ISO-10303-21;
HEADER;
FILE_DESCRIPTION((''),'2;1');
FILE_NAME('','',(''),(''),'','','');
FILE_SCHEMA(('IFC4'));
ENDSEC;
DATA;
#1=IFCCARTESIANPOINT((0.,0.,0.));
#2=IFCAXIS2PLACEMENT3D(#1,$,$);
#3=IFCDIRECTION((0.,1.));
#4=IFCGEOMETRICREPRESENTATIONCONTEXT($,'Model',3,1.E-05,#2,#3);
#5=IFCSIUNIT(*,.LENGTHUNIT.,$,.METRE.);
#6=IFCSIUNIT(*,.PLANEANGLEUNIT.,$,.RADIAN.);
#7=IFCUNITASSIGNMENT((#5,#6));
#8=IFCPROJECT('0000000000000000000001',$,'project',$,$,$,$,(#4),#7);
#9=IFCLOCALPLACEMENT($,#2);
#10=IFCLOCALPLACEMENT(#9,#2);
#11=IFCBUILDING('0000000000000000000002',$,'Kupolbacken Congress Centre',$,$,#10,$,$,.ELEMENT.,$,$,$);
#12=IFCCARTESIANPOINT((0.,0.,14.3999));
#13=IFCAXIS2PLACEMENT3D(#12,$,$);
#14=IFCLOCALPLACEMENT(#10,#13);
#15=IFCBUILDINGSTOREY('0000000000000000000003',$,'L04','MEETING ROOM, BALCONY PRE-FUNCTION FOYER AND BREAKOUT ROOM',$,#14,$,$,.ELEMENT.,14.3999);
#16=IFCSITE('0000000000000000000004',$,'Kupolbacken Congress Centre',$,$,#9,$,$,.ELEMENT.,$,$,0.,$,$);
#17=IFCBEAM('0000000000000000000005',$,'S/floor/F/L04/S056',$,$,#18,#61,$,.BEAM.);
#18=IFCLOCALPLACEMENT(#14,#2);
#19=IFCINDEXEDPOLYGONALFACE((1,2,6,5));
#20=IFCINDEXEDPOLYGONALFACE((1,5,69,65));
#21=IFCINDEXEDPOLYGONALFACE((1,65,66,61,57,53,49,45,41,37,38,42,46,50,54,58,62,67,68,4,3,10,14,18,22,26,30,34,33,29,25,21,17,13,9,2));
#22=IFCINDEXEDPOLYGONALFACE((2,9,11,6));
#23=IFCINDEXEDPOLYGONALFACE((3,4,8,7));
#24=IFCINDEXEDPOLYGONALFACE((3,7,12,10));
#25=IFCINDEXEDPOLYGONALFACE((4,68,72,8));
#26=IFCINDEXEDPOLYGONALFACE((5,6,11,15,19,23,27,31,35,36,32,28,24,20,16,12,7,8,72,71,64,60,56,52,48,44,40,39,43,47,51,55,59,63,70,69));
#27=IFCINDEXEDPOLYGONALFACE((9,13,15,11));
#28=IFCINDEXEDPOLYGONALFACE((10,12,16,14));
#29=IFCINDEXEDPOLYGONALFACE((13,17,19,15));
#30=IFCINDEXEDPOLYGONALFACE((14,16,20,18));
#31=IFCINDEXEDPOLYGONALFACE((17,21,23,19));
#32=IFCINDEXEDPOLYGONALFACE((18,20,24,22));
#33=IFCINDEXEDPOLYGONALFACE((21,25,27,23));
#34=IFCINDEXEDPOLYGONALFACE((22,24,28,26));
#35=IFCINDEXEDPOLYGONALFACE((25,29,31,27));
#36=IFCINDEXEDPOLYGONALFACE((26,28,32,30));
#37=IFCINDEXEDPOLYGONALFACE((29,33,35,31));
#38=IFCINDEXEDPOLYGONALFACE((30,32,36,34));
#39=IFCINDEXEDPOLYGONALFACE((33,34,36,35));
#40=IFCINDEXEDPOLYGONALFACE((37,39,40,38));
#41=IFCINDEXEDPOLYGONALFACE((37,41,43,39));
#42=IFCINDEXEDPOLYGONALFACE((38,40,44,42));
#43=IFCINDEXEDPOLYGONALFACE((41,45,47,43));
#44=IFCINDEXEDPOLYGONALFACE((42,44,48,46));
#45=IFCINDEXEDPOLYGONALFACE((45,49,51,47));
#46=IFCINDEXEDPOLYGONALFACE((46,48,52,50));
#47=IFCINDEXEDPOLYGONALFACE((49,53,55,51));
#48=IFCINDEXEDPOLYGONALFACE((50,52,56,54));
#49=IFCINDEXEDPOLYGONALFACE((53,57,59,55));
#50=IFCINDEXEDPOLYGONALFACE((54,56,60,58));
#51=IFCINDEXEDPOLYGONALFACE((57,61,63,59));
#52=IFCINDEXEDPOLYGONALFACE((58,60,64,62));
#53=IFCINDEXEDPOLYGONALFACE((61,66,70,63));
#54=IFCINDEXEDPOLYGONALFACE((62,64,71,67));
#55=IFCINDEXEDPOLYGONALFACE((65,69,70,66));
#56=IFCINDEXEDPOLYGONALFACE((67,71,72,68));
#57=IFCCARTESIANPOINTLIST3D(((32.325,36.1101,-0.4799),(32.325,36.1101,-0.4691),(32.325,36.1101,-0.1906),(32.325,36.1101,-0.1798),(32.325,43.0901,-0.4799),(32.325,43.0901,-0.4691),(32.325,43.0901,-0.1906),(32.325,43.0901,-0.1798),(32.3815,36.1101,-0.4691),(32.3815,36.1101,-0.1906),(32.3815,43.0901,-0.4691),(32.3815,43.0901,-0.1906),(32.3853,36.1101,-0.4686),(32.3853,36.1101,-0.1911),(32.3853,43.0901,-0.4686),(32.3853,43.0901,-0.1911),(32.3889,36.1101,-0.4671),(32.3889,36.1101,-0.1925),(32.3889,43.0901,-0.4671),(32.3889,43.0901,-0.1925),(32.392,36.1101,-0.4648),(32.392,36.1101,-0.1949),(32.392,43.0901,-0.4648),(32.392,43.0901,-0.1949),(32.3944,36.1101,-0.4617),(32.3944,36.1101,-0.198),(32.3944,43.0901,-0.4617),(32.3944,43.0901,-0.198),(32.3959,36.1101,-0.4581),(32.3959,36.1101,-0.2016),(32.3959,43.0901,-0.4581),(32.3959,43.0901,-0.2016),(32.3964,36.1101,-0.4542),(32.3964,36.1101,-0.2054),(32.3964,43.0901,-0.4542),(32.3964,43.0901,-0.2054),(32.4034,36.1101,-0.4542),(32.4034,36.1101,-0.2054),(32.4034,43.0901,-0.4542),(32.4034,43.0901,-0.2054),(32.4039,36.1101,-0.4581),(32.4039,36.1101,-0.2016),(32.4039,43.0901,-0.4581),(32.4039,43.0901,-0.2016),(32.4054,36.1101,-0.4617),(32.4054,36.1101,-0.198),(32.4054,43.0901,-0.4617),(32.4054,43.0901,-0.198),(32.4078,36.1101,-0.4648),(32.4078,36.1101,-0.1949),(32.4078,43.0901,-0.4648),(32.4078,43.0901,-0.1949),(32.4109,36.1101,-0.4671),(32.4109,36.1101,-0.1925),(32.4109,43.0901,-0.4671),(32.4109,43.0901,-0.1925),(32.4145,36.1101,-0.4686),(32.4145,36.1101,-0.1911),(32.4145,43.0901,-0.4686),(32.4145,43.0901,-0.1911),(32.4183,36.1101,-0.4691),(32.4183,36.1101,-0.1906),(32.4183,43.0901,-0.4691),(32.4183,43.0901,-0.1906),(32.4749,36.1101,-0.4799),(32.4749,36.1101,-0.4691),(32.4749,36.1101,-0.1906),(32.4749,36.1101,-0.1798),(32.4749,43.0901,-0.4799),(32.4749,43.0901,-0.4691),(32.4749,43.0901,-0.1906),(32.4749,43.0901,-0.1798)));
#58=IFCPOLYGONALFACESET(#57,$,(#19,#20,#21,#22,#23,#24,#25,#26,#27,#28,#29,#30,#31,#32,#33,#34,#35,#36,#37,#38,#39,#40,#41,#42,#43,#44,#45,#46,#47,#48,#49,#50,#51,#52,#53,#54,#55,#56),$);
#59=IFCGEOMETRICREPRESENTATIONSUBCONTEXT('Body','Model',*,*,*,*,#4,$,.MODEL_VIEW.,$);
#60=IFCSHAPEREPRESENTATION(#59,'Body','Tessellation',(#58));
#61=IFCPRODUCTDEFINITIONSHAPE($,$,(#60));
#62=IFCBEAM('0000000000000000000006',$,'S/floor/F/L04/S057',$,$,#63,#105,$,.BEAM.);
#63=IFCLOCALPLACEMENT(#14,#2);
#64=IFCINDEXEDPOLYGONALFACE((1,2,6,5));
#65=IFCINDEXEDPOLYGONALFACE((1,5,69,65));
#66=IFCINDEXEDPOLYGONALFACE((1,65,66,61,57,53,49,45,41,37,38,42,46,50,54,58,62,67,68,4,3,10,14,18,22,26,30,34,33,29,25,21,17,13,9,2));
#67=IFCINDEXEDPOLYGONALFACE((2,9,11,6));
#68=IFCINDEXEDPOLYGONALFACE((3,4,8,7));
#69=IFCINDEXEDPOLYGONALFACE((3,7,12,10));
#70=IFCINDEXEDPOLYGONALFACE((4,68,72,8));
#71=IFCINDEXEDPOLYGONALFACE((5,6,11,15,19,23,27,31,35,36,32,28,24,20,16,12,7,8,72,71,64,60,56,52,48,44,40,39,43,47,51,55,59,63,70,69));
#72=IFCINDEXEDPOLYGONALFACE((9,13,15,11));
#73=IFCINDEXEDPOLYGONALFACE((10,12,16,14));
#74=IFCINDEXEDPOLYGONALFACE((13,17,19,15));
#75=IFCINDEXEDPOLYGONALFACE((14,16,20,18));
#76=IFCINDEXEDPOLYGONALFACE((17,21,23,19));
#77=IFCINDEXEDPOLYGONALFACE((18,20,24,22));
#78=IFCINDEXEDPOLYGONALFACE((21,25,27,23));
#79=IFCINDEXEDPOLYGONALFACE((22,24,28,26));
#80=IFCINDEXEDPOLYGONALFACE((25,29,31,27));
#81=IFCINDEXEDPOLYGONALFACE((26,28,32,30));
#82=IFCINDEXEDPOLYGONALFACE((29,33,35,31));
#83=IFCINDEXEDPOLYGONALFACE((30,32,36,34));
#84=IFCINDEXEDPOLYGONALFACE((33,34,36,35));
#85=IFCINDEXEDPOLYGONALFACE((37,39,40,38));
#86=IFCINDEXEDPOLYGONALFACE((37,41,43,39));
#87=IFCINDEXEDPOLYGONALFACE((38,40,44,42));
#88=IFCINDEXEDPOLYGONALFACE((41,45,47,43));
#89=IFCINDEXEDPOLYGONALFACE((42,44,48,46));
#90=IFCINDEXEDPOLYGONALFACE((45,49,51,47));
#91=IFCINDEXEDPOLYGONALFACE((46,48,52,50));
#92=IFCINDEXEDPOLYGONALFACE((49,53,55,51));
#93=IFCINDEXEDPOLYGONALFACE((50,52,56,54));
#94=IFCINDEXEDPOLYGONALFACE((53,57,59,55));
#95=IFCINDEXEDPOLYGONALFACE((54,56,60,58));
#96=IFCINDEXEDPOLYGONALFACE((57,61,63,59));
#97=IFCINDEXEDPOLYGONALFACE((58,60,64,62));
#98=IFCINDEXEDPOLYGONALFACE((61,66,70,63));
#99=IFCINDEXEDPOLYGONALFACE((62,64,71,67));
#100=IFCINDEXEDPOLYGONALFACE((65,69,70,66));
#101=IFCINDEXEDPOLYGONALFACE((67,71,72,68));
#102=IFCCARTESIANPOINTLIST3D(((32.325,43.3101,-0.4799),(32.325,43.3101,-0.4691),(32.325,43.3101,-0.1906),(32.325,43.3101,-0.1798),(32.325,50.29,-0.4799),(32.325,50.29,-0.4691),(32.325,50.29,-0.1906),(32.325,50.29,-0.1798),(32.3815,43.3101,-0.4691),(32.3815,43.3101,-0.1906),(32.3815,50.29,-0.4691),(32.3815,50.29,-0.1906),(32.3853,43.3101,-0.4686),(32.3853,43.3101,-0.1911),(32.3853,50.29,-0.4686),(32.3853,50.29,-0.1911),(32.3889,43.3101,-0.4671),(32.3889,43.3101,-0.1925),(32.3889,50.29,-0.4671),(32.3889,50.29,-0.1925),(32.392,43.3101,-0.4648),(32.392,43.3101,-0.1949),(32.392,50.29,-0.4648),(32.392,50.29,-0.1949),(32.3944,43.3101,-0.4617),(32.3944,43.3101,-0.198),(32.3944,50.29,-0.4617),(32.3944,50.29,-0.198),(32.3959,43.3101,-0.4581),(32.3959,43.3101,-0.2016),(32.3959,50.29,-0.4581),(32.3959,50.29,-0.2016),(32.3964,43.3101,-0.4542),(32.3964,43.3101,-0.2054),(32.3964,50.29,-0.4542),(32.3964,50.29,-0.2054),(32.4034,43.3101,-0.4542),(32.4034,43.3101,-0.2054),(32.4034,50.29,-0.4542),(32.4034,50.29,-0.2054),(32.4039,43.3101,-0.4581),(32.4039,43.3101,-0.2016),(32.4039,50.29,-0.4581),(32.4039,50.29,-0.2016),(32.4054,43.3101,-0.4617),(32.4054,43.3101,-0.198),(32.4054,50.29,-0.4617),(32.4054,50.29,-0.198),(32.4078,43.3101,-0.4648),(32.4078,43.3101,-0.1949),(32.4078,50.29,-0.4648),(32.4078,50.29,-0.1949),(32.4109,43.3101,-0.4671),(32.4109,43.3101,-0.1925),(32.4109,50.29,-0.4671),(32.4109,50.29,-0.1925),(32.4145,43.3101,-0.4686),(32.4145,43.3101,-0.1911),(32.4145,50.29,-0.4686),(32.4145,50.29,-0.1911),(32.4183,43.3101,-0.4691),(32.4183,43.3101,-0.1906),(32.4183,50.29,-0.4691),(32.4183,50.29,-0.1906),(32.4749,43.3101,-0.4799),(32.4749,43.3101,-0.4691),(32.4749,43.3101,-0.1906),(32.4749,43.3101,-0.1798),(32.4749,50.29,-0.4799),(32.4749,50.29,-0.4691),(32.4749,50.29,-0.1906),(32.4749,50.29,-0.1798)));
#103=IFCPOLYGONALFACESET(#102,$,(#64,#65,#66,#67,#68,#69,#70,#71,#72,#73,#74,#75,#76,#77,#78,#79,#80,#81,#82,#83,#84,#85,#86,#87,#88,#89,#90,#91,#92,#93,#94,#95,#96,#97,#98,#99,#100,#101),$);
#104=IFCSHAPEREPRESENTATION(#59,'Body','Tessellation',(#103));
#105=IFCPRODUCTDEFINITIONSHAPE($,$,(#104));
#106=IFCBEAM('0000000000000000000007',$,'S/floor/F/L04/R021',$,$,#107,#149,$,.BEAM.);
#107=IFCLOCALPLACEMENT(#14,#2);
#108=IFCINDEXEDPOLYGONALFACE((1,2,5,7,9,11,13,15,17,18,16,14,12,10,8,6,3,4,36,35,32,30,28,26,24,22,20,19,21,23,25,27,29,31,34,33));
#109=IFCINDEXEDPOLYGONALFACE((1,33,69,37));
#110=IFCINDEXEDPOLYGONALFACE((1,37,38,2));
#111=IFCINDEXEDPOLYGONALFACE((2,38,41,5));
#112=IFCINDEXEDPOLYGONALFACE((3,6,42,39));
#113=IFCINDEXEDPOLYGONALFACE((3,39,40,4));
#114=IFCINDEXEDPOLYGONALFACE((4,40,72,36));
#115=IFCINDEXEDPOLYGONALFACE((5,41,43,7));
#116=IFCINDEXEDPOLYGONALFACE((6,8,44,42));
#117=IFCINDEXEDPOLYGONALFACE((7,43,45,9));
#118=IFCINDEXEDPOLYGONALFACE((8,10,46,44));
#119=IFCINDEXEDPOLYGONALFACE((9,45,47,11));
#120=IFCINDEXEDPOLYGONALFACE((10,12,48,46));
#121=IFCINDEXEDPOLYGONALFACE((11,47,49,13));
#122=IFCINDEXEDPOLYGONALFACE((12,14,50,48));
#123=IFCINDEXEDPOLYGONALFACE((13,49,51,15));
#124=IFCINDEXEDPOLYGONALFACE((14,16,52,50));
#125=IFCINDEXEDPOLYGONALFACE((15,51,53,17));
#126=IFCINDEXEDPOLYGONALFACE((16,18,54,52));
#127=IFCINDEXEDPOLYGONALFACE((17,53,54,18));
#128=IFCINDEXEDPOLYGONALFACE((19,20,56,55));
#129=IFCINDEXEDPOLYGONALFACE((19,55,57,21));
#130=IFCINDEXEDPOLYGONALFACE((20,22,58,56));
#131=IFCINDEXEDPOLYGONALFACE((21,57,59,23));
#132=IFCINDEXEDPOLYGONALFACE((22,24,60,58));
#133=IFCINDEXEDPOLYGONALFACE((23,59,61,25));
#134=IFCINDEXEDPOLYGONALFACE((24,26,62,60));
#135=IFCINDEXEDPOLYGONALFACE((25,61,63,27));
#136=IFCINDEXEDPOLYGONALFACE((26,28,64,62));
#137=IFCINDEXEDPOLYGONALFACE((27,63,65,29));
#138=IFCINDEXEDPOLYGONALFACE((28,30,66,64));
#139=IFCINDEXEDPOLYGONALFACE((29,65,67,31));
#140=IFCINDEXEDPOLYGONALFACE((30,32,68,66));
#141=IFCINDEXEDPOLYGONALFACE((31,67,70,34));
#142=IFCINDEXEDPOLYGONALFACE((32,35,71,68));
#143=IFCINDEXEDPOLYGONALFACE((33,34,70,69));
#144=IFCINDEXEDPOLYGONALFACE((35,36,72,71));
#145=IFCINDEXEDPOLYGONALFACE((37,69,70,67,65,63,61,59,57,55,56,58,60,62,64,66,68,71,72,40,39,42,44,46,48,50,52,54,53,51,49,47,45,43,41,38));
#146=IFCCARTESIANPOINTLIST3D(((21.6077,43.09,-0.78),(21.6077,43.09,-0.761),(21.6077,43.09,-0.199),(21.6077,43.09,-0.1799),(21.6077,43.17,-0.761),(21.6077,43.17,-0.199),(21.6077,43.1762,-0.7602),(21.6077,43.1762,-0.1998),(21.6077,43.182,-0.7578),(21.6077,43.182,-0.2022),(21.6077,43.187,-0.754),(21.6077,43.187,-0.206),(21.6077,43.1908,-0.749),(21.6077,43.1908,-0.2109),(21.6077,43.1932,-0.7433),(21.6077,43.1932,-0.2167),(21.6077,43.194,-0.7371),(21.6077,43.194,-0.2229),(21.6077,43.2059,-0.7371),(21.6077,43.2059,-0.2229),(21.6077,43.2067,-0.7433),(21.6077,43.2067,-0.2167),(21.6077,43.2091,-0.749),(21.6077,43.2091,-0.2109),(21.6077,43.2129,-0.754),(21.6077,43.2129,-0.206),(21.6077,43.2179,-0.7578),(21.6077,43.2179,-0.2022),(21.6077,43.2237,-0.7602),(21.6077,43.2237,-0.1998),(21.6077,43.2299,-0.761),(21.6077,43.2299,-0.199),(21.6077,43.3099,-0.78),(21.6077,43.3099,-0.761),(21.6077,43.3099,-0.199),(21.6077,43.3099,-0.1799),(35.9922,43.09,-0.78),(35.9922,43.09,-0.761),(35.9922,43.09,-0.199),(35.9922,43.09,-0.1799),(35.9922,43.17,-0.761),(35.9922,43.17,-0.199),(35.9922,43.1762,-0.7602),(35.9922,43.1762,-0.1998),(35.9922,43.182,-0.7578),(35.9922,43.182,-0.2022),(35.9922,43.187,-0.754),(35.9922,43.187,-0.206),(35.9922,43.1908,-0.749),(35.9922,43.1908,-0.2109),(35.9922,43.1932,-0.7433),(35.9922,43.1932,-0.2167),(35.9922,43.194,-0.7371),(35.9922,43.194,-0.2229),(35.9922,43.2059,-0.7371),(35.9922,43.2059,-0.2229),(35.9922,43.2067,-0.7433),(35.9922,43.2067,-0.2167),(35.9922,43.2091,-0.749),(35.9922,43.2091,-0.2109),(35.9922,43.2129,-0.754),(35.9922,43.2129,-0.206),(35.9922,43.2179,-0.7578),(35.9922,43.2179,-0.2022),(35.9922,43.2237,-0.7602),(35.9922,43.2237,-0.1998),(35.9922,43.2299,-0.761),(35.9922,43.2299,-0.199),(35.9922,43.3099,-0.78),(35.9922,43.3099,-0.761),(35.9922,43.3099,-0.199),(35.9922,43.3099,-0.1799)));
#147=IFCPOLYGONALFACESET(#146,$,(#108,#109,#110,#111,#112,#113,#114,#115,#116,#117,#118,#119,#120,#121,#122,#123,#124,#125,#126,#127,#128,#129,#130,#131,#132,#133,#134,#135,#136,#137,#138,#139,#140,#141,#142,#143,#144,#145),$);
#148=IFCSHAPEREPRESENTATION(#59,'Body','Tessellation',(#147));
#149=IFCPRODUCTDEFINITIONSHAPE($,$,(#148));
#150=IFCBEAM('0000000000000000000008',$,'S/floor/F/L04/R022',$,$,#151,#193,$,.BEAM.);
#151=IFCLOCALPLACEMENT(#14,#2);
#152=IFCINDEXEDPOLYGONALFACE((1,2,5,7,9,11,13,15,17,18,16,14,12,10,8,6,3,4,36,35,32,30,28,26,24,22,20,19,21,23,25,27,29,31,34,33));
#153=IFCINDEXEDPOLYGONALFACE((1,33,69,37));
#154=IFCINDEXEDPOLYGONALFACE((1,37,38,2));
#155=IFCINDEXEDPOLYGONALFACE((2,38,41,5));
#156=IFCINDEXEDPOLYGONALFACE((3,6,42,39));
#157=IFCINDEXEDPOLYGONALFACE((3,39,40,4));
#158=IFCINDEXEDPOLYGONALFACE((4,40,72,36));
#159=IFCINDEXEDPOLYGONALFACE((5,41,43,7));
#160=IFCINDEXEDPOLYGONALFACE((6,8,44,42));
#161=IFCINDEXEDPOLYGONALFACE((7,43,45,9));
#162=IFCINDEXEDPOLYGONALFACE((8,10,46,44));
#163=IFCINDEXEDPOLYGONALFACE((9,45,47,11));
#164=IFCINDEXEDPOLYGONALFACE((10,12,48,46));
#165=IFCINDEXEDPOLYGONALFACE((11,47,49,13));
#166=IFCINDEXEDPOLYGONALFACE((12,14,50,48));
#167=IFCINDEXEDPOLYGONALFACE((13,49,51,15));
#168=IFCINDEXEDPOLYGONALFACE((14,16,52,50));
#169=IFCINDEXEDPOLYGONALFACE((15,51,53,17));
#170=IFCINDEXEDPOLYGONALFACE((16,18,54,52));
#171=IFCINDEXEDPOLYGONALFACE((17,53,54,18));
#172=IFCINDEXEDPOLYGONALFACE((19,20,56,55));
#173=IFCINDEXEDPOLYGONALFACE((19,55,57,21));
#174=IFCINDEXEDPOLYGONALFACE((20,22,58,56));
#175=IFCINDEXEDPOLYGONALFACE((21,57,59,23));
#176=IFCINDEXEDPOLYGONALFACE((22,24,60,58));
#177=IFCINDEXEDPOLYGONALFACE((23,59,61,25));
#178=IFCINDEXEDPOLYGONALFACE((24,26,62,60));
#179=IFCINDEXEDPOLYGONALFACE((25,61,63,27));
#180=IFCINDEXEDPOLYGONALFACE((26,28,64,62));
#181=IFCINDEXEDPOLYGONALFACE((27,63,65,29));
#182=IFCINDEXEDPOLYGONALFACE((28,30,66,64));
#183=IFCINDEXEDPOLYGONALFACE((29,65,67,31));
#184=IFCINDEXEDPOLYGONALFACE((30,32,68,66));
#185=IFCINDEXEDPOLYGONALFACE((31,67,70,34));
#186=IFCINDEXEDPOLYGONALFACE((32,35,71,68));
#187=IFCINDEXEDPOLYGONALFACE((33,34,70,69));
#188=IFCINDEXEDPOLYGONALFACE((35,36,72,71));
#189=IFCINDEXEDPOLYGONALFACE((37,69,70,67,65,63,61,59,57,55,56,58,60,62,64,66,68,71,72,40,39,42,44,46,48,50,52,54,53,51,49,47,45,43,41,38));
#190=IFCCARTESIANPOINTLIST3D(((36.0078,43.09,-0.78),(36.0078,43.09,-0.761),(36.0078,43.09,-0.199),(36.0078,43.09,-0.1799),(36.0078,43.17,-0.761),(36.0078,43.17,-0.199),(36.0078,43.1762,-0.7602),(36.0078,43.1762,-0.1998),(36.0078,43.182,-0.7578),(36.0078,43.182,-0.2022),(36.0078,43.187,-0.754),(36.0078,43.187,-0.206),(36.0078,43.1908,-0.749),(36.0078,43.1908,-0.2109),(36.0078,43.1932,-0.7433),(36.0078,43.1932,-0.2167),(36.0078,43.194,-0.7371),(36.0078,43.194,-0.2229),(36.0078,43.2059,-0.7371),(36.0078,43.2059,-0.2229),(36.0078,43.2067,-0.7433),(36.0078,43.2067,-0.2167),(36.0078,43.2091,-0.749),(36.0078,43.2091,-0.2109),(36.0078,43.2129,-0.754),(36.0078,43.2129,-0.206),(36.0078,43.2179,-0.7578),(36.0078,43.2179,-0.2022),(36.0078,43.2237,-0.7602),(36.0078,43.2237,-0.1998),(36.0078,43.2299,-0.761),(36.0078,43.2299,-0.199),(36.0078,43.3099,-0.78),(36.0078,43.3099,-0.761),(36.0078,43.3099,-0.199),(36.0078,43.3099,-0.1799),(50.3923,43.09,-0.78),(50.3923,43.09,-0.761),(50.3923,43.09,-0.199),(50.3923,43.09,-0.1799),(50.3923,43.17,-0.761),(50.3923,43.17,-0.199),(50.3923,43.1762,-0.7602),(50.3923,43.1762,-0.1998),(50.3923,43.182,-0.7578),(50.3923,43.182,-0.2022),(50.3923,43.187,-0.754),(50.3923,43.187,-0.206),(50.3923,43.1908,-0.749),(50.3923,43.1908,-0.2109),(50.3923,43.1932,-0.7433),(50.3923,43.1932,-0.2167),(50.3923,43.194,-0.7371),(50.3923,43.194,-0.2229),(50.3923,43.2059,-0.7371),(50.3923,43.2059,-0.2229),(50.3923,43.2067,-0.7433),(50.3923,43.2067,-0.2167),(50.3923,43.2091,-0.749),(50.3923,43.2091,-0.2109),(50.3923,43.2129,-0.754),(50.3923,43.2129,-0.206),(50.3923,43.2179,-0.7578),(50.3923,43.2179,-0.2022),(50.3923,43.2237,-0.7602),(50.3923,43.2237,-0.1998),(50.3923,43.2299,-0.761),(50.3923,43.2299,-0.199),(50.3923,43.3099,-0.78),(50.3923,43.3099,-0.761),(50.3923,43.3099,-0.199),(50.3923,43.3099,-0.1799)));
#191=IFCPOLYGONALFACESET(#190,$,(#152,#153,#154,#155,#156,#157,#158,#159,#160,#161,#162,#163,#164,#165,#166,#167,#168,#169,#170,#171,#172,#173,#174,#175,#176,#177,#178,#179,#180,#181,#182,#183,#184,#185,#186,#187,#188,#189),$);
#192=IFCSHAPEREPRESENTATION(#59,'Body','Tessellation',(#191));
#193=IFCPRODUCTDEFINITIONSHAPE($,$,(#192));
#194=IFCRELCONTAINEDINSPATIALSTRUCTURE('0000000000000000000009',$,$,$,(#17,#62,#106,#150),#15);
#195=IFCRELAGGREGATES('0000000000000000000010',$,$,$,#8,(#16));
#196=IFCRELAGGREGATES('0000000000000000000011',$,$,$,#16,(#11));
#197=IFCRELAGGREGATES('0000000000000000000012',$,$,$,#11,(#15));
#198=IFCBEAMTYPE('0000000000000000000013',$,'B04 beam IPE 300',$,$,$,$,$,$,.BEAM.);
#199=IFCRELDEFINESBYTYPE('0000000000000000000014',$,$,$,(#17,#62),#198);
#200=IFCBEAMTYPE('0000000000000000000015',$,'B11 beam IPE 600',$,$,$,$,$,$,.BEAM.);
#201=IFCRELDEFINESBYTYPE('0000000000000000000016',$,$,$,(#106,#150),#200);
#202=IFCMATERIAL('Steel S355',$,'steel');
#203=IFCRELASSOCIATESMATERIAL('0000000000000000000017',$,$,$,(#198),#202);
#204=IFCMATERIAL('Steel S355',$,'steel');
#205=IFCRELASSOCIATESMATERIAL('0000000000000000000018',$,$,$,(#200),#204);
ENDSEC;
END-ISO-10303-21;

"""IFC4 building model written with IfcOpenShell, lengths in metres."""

from ifc_helpers import new_model, si_unit, direction, frame, origin, origin_2d, place, context, subcontext, project, spatial, i_section, extrude, material, material_profile, profile_set, type_object, element, save


model = new_model("IFC4")

# Units and contexts
model_context = context("Model", 3, precision=1e-05, world=origin(), true_north=direction((0.0, 1.0)))
body_context = subcontext(model_context, "Body", "Model", "MODEL_VIEW")
ifc_project = project(units=[si_unit("LENGTHUNIT", "METRE"), si_unit("PLANEANGLEUNIT", "RADIAN")], contexts=[model_context])

# Site, building, storey
site_placement = place(None, origin())
site = spatial("IfcSite", under=ifc_project, at=site_placement, Name="Kupolbacken Congress Centre", CompositionType="ELEMENT", RefElevation=0.0)
building_placement = place(site_placement, origin())
building = spatial("IfcBuilding", under=site, at=building_placement, Name="Kupolbacken Congress Centre", CompositionType="ELEMENT")
storey_placement = place(building_placement, frame((0.0, 0.0, 14.3999)))
storey = spatial("IfcBuildingStorey", under=building, at=storey_placement, Name="L04", Description="MEETING ROOM, BALCONY PRE-FUNCTION FOYER AND BREAKOUT ROOM", CompositionType="ELEMENT", Elevation=14.3999)

# Beams
ifc_material_1 = material(Name="Steel S355", Category="steel")
ifc_material_profile_1 = material_profile(ifc_material_1, i_section(OverallWidth=0.1499, OverallDepth=0.3, WebThickness=0.0071, FlangeThickness=0.0107, FilletRadius=0.0149, at=origin_2d()), Name="IPE 300")
ifc_profile_set_1 = profile_set([ifc_material_profile_1], Name="Steel S355")
beam_type_1 = type_object("IfcBeamType", Name="B04 beam IPE 300", PredefinedType="BEAM", material=ifc_profile_set_1)
for number, where, z_axis, x_axis, name in (
    (1, (32.3999, 36.1101, -0.3298), (0.0, 1.0, 0.0), (-1.0, 0.0, 0.0), "S/floor/F/L04/S056"),
    (2, (32.3999, 43.3101, -0.3298), (0.0, 1.0, 0.0), (-1.0, 0.0, 0.0), "S/floor/F/L04/S057"),
):
    element("IfcBeam", number, at=place(storey_placement, frame(where, z_axis=z_axis, x_axis=x_axis)), inside=storey, type_object=beam_type_1, Name=name, PredefinedType="BEAM", context=body_context, shape_type="SweptSolid", body=[
        extrude(i_section(OverallWidth=0.1499, OverallDepth=0.3, WebThickness=0.0071, FlangeThickness=0.0107, FilletRadius=0.0149, at=origin_2d()), origin(), (0.0, 0.0, 1.0), 6.98),
    ])
ifc_material_2 = material(Name="Steel S355", Category="steel")
ifc_material_profile_2 = material_profile(ifc_material_2, i_section(OverallWidth=0.22, OverallDepth=0.6001, WebThickness=0.012, FlangeThickness=0.019, FilletRadius=0.0239, at=origin_2d()), Name="IPE 600")
ifc_profile_set_2 = profile_set([ifc_material_profile_2], Name="Steel S355")
beam_type_2 = type_object("IfcBeamType", Name="B11 beam IPE 600", PredefinedType="BEAM", material=ifc_profile_set_2)
for number, where, z_axis, x_axis, name in (
    (3, (21.6077, 43.2, -0.48), (1.0, 0.0, 0.0), (0.0, 1.0, 0.0), "S/floor/F/L04/R021"),
    (4, (36.0078, 43.2, -0.48), (1.0, 0.0, 0.0), (0.0, 1.0, 0.0), "S/floor/F/L04/R022"),
):
    element("IfcBeam", number, at=place(storey_placement, frame(where, z_axis=z_axis, x_axis=x_axis)), inside=storey, type_object=beam_type_2, Name=name, PredefinedType="BEAM", context=body_context, shape_type="SweptSolid", body=[
        extrude(i_section(OverallWidth=0.22, OverallDepth=0.6001, WebThickness=0.012, FlangeThickness=0.019, FilletRadius=0.0239, at=origin_2d()), origin(), (0.0, 0.0, 1.0), 14.3845),
    ])

save(model, "model.ifc")
